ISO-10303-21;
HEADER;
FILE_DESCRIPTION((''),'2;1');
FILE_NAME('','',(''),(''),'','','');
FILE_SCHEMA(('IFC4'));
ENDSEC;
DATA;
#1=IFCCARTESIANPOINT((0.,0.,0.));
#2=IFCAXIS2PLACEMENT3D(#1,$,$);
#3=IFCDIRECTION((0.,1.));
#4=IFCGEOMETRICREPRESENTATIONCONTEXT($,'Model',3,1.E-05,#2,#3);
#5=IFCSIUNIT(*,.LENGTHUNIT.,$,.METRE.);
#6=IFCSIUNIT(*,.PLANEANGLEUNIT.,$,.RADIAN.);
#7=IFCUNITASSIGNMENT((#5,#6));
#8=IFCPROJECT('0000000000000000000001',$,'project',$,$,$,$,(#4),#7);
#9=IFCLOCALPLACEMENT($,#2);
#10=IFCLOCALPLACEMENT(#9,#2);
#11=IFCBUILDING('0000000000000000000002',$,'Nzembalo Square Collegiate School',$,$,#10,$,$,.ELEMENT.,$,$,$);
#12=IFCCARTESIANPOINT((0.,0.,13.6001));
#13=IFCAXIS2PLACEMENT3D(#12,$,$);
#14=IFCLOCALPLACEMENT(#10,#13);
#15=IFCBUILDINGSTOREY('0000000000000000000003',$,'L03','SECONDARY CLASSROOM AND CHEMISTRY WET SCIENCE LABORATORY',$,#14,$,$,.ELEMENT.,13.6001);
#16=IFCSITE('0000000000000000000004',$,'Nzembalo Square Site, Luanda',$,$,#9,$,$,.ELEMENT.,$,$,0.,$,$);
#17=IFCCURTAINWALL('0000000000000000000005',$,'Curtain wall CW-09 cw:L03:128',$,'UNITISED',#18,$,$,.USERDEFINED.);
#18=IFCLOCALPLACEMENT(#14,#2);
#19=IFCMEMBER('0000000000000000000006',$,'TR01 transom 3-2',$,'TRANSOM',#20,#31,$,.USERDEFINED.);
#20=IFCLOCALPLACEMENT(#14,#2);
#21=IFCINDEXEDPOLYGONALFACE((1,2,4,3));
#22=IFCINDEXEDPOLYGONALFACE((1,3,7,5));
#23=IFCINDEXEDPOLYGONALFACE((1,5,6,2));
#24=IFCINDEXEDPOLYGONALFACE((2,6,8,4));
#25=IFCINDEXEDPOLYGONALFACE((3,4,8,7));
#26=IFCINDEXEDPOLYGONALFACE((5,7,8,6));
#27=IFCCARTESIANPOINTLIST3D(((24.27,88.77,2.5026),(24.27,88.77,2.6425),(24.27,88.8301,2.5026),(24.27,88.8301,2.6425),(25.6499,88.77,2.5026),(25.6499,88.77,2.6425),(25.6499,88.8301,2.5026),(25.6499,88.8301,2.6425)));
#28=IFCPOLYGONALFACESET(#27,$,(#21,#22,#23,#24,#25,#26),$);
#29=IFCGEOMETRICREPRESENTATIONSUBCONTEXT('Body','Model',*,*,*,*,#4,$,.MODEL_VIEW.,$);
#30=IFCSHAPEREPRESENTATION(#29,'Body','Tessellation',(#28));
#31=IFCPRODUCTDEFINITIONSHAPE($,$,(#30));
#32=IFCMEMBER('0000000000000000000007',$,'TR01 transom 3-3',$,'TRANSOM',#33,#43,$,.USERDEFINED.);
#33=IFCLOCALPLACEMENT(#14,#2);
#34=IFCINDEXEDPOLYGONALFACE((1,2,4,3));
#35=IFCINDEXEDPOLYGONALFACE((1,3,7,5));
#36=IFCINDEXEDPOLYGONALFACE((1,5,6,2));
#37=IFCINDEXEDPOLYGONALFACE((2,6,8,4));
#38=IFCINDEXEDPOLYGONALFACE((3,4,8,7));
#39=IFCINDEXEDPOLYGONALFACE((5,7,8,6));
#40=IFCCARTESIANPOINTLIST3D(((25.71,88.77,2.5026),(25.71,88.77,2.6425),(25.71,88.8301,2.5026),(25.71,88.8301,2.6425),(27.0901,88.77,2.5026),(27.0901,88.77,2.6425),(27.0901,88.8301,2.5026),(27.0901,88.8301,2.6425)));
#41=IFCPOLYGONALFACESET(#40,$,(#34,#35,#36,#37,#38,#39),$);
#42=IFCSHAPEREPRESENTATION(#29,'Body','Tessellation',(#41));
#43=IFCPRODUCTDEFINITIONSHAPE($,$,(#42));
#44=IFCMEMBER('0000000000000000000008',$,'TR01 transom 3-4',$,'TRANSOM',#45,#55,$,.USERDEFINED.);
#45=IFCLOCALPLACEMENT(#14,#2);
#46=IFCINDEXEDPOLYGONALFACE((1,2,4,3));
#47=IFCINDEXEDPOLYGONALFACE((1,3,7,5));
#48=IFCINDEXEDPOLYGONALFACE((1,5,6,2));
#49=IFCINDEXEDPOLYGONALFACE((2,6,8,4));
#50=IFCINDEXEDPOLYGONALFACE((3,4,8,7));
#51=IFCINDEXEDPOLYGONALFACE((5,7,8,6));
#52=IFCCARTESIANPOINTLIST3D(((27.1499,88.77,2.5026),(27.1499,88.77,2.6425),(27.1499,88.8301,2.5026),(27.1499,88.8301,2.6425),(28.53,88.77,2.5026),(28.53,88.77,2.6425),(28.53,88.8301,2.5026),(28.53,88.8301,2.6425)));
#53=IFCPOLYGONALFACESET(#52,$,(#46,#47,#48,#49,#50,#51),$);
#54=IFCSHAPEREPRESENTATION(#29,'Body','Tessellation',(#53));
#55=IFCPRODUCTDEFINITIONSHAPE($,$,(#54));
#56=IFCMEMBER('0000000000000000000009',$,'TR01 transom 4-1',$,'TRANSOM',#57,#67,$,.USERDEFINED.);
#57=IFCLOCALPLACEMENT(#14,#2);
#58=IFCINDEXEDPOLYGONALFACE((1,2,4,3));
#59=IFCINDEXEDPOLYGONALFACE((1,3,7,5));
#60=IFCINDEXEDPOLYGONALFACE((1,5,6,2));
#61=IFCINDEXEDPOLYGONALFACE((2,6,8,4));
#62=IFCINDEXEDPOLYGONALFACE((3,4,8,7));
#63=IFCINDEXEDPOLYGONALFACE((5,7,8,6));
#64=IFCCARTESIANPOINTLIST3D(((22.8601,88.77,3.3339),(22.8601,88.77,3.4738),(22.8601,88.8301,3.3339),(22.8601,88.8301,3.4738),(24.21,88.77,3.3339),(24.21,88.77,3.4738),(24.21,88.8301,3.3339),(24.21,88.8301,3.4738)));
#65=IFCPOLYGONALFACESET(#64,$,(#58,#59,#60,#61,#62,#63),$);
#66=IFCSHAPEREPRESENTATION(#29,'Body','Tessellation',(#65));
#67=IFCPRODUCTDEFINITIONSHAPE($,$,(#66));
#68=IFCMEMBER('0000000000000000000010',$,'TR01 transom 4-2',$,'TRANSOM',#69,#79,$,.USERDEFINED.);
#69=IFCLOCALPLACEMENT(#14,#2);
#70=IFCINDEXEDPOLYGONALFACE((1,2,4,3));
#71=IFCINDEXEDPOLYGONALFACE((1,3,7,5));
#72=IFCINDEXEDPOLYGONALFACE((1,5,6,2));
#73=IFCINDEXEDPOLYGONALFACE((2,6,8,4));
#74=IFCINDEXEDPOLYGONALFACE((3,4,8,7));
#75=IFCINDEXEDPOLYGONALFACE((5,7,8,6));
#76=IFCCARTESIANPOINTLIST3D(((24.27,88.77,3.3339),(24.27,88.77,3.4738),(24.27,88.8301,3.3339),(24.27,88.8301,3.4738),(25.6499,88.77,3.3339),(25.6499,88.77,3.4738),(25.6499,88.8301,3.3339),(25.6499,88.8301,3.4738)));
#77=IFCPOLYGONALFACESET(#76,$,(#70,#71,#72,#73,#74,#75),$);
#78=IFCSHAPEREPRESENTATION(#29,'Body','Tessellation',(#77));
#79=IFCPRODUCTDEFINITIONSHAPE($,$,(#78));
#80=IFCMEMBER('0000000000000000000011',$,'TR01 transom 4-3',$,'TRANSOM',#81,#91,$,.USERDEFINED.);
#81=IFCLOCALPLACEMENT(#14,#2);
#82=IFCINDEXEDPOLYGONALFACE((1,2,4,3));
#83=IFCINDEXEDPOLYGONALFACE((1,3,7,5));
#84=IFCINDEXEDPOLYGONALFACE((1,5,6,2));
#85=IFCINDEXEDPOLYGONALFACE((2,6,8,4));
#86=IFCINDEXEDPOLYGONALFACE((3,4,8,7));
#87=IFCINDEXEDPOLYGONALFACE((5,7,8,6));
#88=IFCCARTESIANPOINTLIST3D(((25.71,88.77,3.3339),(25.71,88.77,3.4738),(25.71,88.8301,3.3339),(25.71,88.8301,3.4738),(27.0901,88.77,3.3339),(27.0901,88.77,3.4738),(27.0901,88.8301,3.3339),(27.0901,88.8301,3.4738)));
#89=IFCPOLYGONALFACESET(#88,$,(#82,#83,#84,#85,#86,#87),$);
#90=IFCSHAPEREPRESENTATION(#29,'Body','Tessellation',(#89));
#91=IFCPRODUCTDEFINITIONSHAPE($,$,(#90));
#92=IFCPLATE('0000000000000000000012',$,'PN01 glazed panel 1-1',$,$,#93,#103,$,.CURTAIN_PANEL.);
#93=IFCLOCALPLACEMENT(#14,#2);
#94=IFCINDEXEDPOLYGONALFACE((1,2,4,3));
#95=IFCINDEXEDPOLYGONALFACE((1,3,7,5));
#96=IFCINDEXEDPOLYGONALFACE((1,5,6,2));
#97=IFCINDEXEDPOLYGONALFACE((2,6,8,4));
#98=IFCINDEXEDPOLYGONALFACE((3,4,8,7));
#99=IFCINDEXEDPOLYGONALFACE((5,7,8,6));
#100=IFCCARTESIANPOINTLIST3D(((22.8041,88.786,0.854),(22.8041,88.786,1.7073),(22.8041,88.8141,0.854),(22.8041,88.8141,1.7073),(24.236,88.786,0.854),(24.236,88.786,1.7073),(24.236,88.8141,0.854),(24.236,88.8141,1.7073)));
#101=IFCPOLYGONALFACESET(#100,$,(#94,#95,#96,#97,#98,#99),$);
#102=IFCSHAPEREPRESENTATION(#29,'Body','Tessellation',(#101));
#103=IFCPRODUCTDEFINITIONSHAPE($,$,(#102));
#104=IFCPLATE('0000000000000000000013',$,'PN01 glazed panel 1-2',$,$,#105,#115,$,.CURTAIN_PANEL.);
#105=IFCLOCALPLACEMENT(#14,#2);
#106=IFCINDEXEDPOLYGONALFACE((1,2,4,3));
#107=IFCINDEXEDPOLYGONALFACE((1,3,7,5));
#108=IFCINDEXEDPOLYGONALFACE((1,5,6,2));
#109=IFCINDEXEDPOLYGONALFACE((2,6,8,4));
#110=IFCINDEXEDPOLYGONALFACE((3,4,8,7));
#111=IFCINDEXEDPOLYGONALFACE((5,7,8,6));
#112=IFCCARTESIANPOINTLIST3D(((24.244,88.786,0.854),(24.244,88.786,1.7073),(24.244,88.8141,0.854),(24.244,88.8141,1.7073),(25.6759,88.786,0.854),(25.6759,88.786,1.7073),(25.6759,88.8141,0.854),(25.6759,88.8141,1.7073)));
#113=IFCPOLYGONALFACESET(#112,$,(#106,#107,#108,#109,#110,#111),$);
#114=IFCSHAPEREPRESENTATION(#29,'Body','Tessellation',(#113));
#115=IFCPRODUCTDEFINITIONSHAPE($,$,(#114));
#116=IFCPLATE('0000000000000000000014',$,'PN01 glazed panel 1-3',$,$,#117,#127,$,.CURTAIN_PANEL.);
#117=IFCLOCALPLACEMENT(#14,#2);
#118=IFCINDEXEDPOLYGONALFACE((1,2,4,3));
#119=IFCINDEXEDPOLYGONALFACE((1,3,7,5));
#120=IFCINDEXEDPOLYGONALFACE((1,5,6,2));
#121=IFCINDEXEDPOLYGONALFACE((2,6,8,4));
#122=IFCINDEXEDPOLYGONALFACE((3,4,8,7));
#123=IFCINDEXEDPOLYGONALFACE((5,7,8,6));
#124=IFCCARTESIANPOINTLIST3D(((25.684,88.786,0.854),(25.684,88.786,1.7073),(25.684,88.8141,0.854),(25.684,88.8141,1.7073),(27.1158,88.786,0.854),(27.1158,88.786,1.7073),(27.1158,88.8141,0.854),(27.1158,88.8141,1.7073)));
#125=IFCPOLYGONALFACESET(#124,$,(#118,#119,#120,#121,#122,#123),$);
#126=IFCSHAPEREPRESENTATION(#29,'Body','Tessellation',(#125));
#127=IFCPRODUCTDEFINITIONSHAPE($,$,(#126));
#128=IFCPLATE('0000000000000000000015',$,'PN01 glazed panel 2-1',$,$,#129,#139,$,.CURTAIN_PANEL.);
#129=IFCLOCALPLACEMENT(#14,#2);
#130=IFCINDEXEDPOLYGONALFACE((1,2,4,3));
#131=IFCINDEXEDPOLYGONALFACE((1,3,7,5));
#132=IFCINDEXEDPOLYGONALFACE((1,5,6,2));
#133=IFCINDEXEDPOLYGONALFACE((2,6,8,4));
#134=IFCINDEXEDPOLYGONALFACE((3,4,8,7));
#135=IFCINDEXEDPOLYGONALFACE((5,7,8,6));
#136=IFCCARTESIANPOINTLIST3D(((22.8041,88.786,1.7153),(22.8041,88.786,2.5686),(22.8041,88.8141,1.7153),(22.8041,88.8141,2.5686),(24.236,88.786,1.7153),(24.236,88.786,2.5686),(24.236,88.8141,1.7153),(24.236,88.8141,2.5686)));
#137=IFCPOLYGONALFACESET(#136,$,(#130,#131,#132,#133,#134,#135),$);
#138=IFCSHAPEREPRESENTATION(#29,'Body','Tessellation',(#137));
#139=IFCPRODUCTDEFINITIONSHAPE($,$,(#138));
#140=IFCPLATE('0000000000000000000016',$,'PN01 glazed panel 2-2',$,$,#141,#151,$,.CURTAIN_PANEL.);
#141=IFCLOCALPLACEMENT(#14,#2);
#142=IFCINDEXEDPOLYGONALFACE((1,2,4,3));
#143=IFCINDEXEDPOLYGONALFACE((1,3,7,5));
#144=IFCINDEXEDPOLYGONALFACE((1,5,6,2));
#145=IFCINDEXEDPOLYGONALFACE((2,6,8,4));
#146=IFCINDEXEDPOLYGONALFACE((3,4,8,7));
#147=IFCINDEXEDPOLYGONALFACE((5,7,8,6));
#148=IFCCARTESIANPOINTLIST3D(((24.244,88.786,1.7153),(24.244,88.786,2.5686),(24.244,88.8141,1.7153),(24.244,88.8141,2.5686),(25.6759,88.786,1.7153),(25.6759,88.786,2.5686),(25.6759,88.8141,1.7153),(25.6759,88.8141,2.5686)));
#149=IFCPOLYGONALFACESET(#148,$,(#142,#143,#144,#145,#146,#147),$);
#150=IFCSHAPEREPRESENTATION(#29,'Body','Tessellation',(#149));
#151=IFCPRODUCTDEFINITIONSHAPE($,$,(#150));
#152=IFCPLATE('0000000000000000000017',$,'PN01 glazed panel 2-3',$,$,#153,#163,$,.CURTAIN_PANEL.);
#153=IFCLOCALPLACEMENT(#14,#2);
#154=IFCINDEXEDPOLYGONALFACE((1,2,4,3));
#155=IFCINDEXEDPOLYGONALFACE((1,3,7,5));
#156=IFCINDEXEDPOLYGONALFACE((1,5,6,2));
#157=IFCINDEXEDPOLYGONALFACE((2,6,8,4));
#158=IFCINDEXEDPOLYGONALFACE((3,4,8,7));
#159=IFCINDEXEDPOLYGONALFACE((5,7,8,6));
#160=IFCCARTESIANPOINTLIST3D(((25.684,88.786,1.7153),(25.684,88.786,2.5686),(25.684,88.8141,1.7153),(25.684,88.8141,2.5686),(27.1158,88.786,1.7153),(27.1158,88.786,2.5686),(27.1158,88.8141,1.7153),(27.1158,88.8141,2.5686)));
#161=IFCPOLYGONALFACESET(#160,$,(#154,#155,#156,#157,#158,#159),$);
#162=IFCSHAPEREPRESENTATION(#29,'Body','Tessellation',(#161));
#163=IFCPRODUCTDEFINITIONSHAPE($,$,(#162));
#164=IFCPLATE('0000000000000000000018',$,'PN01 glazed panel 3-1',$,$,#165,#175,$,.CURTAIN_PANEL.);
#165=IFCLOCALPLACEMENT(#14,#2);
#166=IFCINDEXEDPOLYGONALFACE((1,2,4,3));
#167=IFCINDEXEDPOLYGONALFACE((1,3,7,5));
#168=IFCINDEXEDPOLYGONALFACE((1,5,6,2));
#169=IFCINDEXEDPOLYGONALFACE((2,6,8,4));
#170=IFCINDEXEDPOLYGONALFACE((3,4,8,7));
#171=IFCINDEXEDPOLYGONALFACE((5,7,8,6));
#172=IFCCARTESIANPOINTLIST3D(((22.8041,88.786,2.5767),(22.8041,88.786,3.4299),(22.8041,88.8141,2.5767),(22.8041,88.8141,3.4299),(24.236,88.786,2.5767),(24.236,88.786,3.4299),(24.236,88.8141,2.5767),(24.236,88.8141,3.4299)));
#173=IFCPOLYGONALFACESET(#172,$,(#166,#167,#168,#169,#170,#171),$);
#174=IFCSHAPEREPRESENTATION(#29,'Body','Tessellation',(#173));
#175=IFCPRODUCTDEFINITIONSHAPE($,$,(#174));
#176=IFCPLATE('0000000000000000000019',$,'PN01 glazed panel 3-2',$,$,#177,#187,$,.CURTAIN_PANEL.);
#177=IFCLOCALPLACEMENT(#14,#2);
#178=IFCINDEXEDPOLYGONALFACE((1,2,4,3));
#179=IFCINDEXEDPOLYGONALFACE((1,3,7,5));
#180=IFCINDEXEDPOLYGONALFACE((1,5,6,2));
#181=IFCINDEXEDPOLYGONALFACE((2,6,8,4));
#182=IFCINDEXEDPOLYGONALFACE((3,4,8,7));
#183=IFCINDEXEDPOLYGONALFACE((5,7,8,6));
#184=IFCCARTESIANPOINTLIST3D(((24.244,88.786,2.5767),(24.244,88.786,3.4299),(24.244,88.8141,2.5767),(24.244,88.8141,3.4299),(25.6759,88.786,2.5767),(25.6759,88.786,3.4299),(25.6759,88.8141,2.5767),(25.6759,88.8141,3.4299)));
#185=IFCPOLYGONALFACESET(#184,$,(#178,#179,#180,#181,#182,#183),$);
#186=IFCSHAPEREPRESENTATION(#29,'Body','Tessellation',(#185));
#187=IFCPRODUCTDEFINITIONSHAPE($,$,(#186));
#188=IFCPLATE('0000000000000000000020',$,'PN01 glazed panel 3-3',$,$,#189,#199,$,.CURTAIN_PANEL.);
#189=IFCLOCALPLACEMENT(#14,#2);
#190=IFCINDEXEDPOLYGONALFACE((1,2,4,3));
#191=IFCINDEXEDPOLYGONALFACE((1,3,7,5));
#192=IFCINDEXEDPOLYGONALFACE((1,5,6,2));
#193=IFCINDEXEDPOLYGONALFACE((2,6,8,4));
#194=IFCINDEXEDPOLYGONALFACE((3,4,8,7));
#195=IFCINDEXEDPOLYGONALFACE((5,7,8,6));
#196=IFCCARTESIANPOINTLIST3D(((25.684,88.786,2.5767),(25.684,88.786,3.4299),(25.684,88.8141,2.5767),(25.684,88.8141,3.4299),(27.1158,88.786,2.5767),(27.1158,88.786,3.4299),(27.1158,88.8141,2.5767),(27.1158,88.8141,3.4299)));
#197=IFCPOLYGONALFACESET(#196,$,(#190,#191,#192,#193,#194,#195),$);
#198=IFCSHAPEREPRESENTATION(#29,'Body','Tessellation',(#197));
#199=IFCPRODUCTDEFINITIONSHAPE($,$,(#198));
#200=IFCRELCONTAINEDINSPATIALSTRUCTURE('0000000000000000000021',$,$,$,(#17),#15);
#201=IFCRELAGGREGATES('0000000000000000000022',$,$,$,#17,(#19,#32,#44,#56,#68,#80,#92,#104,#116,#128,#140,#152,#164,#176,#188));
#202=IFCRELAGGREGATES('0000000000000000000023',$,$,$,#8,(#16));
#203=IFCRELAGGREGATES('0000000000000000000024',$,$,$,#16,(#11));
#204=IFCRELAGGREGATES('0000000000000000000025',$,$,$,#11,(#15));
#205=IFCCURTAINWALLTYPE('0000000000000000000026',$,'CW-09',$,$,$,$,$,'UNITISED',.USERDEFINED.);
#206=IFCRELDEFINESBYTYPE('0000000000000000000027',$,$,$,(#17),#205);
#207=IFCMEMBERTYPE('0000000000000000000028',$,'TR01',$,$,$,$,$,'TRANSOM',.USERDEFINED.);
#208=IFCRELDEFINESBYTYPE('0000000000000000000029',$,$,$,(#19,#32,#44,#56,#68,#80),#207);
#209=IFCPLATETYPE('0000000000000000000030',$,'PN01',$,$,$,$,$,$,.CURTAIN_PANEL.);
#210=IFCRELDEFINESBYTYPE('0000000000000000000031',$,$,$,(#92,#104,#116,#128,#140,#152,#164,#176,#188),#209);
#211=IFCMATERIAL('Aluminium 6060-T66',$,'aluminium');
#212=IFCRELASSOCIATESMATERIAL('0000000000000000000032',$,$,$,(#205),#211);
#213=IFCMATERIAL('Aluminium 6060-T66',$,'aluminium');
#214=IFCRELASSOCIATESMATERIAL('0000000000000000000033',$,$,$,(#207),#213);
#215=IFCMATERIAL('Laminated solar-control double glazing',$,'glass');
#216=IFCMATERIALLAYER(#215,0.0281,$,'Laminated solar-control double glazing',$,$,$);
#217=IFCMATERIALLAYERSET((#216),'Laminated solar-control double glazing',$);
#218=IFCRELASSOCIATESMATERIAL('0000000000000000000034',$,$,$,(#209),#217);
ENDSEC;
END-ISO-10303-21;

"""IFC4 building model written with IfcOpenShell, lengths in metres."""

from ifc_helpers import new_model, si_unit, direction, frame, origin, origin_2d, place, context, subcontext, project, spatial, rectangle, extrude, material, layer, layer_set, material_profile, profile_set, type_object, element, aggregate, save


model = new_model("IFC4")

# Units and contexts
model_context = context("Model", 3, precision=1e-05, world=origin(), true_north=direction((0.0, 1.0)))
body_context = subcontext(model_context, "Body", "Model", "MODEL_VIEW")
ifc_project = project(units=[si_unit("LENGTHUNIT", "METRE"), si_unit("PLANEANGLEUNIT", "RADIAN")], contexts=[model_context])

# Site, building, storey
site_placement = place(None, origin())
site = spatial("IfcSite", under=ifc_project, at=site_placement, Name="Nzembalo Square Site, Luanda", CompositionType="ELEMENT", RefElevation=0.0)
building_placement = place(site_placement, origin())
building = spatial("IfcBuilding", under=site, at=building_placement, Name="Nzembalo Square Collegiate School", CompositionType="ELEMENT")
storey_placement = place(building_placement, frame((0.0, 0.0, 13.6001)))
storey = spatial("IfcBuildingStorey", under=building, at=storey_placement, Name="L03", Description="SECONDARY CLASSROOM AND CHEMISTRY WET SCIENCE LABORATORY", CompositionType="ELEMENT", Elevation=13.6001)

# Curtain wall
ifc_material_1 = material(Name="Aluminium 6060-T66", Category="aluminium")
curtain_wall_type_1 = type_object("IfcCurtainWallType", Name="CW-09", ElementType="UNITISED", PredefinedType="USERDEFINED", material=ifc_material_1)
curtain_wall_1_placement = place(storey_placement, origin())
curtain_wall_1 = element("IfcCurtainWall", 1, at=curtain_wall_1_placement, inside=storey, type_object=curtain_wall_type_1, Name="Curtain wall CW-09 cw:L03:128", ObjectType="UNITISED", PredefinedType="USERDEFINED")

# Members
ifc_material_2 = material(Name="Aluminium 6060-T66", Category="aluminium")
ifc_material_profile_1 = material_profile(ifc_material_2, rectangle(XDim=0.0601, YDim=0.1399, at=origin_2d()), Name="ALU T60x140")
ifc_profile_set_1 = profile_set([ifc_material_profile_1], Name="Aluminium 6060-T66")
member_type_1 = type_object("IfcMemberType", Name="TR01", ElementType="TRANSOM", PredefinedType="USERDEFINED", material=ifc_profile_set_1)
member_1_placement = place(storey_placement, frame((24.27, 88.8, 2.5725), z_axis=(1.0, 0.0, 0.0), x_axis=(0.0, 1.0, 0.0)))
member_1 = element("IfcMember", 2, at=member_1_placement, type_object=member_type_1, Name="TR01 transom 3-2", ObjectType="TRANSOM", PredefinedType="USERDEFINED", context=body_context, shape_type="SweptSolid", body=[
    extrude(rectangle(XDim=0.0601, YDim=0.1399, at=origin_2d()), origin(), (0.0, 0.0, 1.0), 1.3799),
])
member_2_placement = place(storey_placement, frame((25.71, 88.8, 2.5725), z_axis=(1.0, 0.0, 0.0), x_axis=(0.0, 1.0, 0.0)))
member_2 = element("IfcMember", 3, at=member_2_placement, type_object=member_type_1, Name="TR01 transom 3-3", ObjectType="TRANSOM", PredefinedType="USERDEFINED", context=body_context, shape_type="SweptSolid", body=[
    extrude(rectangle(XDim=0.0601, YDim=0.1399, at=origin_2d()), origin(), (0.0, 0.0, 1.0), 1.3801),
])
member_3_placement = place(storey_placement, frame((27.1499, 88.8, 2.5725), z_axis=(1.0, 0.0, 0.0), x_axis=(0.0, 1.0, 0.0)))
member_3 = element("IfcMember", 4, at=member_3_placement, type_object=member_type_1, Name="TR01 transom 3-4", ObjectType="TRANSOM", PredefinedType="USERDEFINED", context=body_context, shape_type="SweptSolid", body=[
    extrude(rectangle(XDim=0.0601, YDim=0.1399, at=origin_2d()), origin(), (0.0, 0.0, 1.0), 1.3801),
])
member_4_placement = place(storey_placement, frame((22.8601, 88.8, 3.4038), z_axis=(1.0, 0.0, 0.0), x_axis=(0.0, 1.0, 0.0)))
member_4 = element("IfcMember", 5, at=member_4_placement, type_object=member_type_1, Name="TR01 transom 4-1", ObjectType="TRANSOM", PredefinedType="USERDEFINED", context=body_context, shape_type="SweptSolid", body=[
    extrude(rectangle(XDim=0.0601, YDim=0.1399, at=origin_2d()), origin(), (0.0, 0.0, 1.0), 1.3499),
])
member_5_placement = place(storey_placement, frame((24.27, 88.8, 3.4038), z_axis=(1.0, 0.0, 0.0), x_axis=(0.0, 1.0, 0.0)))
member_5 = element("IfcMember", 6, at=member_5_placement, type_object=member_type_1, Name="TR01 transom 4-2", ObjectType="TRANSOM", PredefinedType="USERDEFINED", context=body_context, shape_type="SweptSolid", body=[
    extrude(rectangle(XDim=0.0601, YDim=0.1399, at=origin_2d()), origin(), (0.0, 0.0, 1.0), 1.3799),
])
member_6_placement = place(storey_placement, frame((25.71, 88.8, 3.4038), z_axis=(1.0, 0.0, 0.0), x_axis=(0.0, 1.0, 0.0)))
member_6 = element("IfcMember", 7, at=member_6_placement, type_object=member_type_1, Name="TR01 transom 4-3", ObjectType="TRANSOM", PredefinedType="USERDEFINED", context=body_context, shape_type="SweptSolid", body=[
    extrude(rectangle(XDim=0.0601, YDim=0.1399, at=origin_2d()), origin(), (0.0, 0.0, 1.0), 1.3801),
])

# Plates
ifc_material_3 = material(Name="Laminated solar-control double glazing", Category="glass")
ifc_layer_1 = layer(ifc_material_3, 0.0281, Name="Laminated solar-control double glazing")
ifc_layer_set_1 = layer_set([ifc_layer_1], Name="Laminated solar-control double glazing")
plate_type = type_object("IfcPlateType", Name="PN01", PredefinedType="CURTAIN_PANEL", material=ifc_layer_set_1)
plate_1_placement = place(storey_placement, frame((23.52, 88.8, 0.854), z_axis=(0.0, 0.0, 1.0), x_axis=(1.0, 0.0, 0.0)))
plate_1 = element("IfcPlate", 8, at=plate_1_placement, type_object=plate_type, Name="PN01 glazed panel 1-1", PredefinedType="CURTAIN_PANEL", context=body_context, shape_type="SweptSolid", body=[
    extrude(rectangle(XDim=1.4319, YDim=0.0281, at=origin_2d()), origin(), (0.0, 0.0, 1.0), 0.8533),
])
plate_2_placement = place(storey_placement, frame((24.96, 88.8, 0.854), z_axis=(0.0, 0.0, 1.0), x_axis=(1.0, 0.0, 0.0)))
plate_2 = element("IfcPlate", 9, at=plate_2_placement, type_object=plate_type, Name="PN01 glazed panel 1-2", PredefinedType="CURTAIN_PANEL", context=body_context, shape_type="SweptSolid", body=[
    extrude(rectangle(XDim=1.4319, YDim=0.0281, at=origin_2d()), origin(), (0.0, 0.0, 1.0), 0.8533),
])
plate_3_placement = place(storey_placement, frame((26.3999, 88.8, 0.854), z_axis=(0.0, 0.0, 1.0), x_axis=(1.0, 0.0, 0.0)))
plate_3 = element("IfcPlate", 10, at=plate_3_placement, type_object=plate_type, Name="PN01 glazed panel 1-3", PredefinedType="CURTAIN_PANEL", context=body_context, shape_type="SweptSolid", body=[
    extrude(rectangle(XDim=1.4319, YDim=0.0281, at=origin_2d()), origin(), (0.0, 0.0, 1.0), 0.8533),
])
plate_4_placement = place(storey_placement, frame((23.52, 88.8, 1.7153), z_axis=(0.0, 0.0, 1.0), x_axis=(1.0, 0.0, 0.0)))
plate_4 = element("IfcPlate", 11, at=plate_4_placement, type_object=plate_type, Name="PN01 glazed panel 2-1", PredefinedType="CURTAIN_PANEL", context=body_context, shape_type="SweptSolid", body=[
    extrude(rectangle(XDim=1.4319, YDim=0.0281, at=origin_2d()), origin(), (0.0, 0.0, 1.0), 0.8533),
])
plate_5_placement = place(storey_placement, frame((24.96, 88.8, 1.7153), z_axis=(0.0, 0.0, 1.0), x_axis=(1.0, 0.0, 0.0)))
plate_5 = element("IfcPlate", 12, at=plate_5_placement, type_object=plate_type, Name="PN01 glazed panel 2-2", PredefinedType="CURTAIN_PANEL", context=body_context, shape_type="SweptSolid", body=[
    extrude(rectangle(XDim=1.4319, YDim=0.0281, at=origin_2d()), origin(), (0.0, 0.0, 1.0), 0.8533),
])
plate_6_placement = place(storey_placement, frame((26.3999, 88.8, 1.7153), z_axis=(0.0, 0.0, 1.0), x_axis=(1.0, 0.0, 0.0)))
plate_6 = element("IfcPlate", 13, at=plate_6_placement, type_object=plate_type, Name="PN01 glazed panel 2-3", PredefinedType="CURTAIN_PANEL", context=body_context, shape_type="SweptSolid", body=[
    extrude(rectangle(XDim=1.4319, YDim=0.0281, at=origin_2d()), origin(), (0.0, 0.0, 1.0), 0.8533),
])
plate_7_placement = place(storey_placement, frame((23.52, 88.8, 2.5767), z_axis=(0.0, 0.0, 1.0), x_axis=(1.0, 0.0, 0.0)))
plate_7 = element("IfcPlate", 14, at=plate_7_placement, type_object=plate_type, Name="PN01 glazed panel 3-1", PredefinedType="CURTAIN_PANEL", context=body_context, shape_type="SweptSolid", body=[
    extrude(rectangle(XDim=1.4319, YDim=0.0281, at=origin_2d()), origin(), (0.0, 0.0, 1.0), 0.8533),
])
plate_8_placement = place(storey_placement, frame((24.96, 88.8, 2.5767), z_axis=(0.0, 0.0, 1.0), x_axis=(1.0, 0.0, 0.0)))
plate_8 = element("IfcPlate", 15, at=plate_8_placement, type_object=plate_type, Name="PN01 glazed panel 3-2", PredefinedType="CURTAIN_PANEL", context=body_context, shape_type="SweptSolid", body=[
    extrude(rectangle(XDim=1.4319, YDim=0.0281, at=origin_2d()), origin(), (0.0, 0.0, 1.0), 0.8533),
])
plate_9_placement = place(storey_placement, frame((26.3999, 88.8, 2.5767), z_axis=(0.0, 0.0, 1.0), x_axis=(1.0, 0.0, 0.0)))
plate_9 = element("IfcPlate", 16, at=plate_9_placement, type_object=plate_type, Name="PN01 glazed panel 3-3", PredefinedType="CURTAIN_PANEL", context=body_context, shape_type="SweptSolid", body=[
    extrude(rectangle(XDim=1.4319, YDim=0.0281, at=origin_2d()), origin(), (0.0, 0.0, 1.0), 0.8533),
])
aggregate(curtain_wall_1, [member_1, member_2, member_3, member_4, member_5, member_6, plate_1, plate_2, plate_3, plate_4, plate_5, plate_6, plate_7, plate_8, plate_9])

save(model, "model.ifc")
